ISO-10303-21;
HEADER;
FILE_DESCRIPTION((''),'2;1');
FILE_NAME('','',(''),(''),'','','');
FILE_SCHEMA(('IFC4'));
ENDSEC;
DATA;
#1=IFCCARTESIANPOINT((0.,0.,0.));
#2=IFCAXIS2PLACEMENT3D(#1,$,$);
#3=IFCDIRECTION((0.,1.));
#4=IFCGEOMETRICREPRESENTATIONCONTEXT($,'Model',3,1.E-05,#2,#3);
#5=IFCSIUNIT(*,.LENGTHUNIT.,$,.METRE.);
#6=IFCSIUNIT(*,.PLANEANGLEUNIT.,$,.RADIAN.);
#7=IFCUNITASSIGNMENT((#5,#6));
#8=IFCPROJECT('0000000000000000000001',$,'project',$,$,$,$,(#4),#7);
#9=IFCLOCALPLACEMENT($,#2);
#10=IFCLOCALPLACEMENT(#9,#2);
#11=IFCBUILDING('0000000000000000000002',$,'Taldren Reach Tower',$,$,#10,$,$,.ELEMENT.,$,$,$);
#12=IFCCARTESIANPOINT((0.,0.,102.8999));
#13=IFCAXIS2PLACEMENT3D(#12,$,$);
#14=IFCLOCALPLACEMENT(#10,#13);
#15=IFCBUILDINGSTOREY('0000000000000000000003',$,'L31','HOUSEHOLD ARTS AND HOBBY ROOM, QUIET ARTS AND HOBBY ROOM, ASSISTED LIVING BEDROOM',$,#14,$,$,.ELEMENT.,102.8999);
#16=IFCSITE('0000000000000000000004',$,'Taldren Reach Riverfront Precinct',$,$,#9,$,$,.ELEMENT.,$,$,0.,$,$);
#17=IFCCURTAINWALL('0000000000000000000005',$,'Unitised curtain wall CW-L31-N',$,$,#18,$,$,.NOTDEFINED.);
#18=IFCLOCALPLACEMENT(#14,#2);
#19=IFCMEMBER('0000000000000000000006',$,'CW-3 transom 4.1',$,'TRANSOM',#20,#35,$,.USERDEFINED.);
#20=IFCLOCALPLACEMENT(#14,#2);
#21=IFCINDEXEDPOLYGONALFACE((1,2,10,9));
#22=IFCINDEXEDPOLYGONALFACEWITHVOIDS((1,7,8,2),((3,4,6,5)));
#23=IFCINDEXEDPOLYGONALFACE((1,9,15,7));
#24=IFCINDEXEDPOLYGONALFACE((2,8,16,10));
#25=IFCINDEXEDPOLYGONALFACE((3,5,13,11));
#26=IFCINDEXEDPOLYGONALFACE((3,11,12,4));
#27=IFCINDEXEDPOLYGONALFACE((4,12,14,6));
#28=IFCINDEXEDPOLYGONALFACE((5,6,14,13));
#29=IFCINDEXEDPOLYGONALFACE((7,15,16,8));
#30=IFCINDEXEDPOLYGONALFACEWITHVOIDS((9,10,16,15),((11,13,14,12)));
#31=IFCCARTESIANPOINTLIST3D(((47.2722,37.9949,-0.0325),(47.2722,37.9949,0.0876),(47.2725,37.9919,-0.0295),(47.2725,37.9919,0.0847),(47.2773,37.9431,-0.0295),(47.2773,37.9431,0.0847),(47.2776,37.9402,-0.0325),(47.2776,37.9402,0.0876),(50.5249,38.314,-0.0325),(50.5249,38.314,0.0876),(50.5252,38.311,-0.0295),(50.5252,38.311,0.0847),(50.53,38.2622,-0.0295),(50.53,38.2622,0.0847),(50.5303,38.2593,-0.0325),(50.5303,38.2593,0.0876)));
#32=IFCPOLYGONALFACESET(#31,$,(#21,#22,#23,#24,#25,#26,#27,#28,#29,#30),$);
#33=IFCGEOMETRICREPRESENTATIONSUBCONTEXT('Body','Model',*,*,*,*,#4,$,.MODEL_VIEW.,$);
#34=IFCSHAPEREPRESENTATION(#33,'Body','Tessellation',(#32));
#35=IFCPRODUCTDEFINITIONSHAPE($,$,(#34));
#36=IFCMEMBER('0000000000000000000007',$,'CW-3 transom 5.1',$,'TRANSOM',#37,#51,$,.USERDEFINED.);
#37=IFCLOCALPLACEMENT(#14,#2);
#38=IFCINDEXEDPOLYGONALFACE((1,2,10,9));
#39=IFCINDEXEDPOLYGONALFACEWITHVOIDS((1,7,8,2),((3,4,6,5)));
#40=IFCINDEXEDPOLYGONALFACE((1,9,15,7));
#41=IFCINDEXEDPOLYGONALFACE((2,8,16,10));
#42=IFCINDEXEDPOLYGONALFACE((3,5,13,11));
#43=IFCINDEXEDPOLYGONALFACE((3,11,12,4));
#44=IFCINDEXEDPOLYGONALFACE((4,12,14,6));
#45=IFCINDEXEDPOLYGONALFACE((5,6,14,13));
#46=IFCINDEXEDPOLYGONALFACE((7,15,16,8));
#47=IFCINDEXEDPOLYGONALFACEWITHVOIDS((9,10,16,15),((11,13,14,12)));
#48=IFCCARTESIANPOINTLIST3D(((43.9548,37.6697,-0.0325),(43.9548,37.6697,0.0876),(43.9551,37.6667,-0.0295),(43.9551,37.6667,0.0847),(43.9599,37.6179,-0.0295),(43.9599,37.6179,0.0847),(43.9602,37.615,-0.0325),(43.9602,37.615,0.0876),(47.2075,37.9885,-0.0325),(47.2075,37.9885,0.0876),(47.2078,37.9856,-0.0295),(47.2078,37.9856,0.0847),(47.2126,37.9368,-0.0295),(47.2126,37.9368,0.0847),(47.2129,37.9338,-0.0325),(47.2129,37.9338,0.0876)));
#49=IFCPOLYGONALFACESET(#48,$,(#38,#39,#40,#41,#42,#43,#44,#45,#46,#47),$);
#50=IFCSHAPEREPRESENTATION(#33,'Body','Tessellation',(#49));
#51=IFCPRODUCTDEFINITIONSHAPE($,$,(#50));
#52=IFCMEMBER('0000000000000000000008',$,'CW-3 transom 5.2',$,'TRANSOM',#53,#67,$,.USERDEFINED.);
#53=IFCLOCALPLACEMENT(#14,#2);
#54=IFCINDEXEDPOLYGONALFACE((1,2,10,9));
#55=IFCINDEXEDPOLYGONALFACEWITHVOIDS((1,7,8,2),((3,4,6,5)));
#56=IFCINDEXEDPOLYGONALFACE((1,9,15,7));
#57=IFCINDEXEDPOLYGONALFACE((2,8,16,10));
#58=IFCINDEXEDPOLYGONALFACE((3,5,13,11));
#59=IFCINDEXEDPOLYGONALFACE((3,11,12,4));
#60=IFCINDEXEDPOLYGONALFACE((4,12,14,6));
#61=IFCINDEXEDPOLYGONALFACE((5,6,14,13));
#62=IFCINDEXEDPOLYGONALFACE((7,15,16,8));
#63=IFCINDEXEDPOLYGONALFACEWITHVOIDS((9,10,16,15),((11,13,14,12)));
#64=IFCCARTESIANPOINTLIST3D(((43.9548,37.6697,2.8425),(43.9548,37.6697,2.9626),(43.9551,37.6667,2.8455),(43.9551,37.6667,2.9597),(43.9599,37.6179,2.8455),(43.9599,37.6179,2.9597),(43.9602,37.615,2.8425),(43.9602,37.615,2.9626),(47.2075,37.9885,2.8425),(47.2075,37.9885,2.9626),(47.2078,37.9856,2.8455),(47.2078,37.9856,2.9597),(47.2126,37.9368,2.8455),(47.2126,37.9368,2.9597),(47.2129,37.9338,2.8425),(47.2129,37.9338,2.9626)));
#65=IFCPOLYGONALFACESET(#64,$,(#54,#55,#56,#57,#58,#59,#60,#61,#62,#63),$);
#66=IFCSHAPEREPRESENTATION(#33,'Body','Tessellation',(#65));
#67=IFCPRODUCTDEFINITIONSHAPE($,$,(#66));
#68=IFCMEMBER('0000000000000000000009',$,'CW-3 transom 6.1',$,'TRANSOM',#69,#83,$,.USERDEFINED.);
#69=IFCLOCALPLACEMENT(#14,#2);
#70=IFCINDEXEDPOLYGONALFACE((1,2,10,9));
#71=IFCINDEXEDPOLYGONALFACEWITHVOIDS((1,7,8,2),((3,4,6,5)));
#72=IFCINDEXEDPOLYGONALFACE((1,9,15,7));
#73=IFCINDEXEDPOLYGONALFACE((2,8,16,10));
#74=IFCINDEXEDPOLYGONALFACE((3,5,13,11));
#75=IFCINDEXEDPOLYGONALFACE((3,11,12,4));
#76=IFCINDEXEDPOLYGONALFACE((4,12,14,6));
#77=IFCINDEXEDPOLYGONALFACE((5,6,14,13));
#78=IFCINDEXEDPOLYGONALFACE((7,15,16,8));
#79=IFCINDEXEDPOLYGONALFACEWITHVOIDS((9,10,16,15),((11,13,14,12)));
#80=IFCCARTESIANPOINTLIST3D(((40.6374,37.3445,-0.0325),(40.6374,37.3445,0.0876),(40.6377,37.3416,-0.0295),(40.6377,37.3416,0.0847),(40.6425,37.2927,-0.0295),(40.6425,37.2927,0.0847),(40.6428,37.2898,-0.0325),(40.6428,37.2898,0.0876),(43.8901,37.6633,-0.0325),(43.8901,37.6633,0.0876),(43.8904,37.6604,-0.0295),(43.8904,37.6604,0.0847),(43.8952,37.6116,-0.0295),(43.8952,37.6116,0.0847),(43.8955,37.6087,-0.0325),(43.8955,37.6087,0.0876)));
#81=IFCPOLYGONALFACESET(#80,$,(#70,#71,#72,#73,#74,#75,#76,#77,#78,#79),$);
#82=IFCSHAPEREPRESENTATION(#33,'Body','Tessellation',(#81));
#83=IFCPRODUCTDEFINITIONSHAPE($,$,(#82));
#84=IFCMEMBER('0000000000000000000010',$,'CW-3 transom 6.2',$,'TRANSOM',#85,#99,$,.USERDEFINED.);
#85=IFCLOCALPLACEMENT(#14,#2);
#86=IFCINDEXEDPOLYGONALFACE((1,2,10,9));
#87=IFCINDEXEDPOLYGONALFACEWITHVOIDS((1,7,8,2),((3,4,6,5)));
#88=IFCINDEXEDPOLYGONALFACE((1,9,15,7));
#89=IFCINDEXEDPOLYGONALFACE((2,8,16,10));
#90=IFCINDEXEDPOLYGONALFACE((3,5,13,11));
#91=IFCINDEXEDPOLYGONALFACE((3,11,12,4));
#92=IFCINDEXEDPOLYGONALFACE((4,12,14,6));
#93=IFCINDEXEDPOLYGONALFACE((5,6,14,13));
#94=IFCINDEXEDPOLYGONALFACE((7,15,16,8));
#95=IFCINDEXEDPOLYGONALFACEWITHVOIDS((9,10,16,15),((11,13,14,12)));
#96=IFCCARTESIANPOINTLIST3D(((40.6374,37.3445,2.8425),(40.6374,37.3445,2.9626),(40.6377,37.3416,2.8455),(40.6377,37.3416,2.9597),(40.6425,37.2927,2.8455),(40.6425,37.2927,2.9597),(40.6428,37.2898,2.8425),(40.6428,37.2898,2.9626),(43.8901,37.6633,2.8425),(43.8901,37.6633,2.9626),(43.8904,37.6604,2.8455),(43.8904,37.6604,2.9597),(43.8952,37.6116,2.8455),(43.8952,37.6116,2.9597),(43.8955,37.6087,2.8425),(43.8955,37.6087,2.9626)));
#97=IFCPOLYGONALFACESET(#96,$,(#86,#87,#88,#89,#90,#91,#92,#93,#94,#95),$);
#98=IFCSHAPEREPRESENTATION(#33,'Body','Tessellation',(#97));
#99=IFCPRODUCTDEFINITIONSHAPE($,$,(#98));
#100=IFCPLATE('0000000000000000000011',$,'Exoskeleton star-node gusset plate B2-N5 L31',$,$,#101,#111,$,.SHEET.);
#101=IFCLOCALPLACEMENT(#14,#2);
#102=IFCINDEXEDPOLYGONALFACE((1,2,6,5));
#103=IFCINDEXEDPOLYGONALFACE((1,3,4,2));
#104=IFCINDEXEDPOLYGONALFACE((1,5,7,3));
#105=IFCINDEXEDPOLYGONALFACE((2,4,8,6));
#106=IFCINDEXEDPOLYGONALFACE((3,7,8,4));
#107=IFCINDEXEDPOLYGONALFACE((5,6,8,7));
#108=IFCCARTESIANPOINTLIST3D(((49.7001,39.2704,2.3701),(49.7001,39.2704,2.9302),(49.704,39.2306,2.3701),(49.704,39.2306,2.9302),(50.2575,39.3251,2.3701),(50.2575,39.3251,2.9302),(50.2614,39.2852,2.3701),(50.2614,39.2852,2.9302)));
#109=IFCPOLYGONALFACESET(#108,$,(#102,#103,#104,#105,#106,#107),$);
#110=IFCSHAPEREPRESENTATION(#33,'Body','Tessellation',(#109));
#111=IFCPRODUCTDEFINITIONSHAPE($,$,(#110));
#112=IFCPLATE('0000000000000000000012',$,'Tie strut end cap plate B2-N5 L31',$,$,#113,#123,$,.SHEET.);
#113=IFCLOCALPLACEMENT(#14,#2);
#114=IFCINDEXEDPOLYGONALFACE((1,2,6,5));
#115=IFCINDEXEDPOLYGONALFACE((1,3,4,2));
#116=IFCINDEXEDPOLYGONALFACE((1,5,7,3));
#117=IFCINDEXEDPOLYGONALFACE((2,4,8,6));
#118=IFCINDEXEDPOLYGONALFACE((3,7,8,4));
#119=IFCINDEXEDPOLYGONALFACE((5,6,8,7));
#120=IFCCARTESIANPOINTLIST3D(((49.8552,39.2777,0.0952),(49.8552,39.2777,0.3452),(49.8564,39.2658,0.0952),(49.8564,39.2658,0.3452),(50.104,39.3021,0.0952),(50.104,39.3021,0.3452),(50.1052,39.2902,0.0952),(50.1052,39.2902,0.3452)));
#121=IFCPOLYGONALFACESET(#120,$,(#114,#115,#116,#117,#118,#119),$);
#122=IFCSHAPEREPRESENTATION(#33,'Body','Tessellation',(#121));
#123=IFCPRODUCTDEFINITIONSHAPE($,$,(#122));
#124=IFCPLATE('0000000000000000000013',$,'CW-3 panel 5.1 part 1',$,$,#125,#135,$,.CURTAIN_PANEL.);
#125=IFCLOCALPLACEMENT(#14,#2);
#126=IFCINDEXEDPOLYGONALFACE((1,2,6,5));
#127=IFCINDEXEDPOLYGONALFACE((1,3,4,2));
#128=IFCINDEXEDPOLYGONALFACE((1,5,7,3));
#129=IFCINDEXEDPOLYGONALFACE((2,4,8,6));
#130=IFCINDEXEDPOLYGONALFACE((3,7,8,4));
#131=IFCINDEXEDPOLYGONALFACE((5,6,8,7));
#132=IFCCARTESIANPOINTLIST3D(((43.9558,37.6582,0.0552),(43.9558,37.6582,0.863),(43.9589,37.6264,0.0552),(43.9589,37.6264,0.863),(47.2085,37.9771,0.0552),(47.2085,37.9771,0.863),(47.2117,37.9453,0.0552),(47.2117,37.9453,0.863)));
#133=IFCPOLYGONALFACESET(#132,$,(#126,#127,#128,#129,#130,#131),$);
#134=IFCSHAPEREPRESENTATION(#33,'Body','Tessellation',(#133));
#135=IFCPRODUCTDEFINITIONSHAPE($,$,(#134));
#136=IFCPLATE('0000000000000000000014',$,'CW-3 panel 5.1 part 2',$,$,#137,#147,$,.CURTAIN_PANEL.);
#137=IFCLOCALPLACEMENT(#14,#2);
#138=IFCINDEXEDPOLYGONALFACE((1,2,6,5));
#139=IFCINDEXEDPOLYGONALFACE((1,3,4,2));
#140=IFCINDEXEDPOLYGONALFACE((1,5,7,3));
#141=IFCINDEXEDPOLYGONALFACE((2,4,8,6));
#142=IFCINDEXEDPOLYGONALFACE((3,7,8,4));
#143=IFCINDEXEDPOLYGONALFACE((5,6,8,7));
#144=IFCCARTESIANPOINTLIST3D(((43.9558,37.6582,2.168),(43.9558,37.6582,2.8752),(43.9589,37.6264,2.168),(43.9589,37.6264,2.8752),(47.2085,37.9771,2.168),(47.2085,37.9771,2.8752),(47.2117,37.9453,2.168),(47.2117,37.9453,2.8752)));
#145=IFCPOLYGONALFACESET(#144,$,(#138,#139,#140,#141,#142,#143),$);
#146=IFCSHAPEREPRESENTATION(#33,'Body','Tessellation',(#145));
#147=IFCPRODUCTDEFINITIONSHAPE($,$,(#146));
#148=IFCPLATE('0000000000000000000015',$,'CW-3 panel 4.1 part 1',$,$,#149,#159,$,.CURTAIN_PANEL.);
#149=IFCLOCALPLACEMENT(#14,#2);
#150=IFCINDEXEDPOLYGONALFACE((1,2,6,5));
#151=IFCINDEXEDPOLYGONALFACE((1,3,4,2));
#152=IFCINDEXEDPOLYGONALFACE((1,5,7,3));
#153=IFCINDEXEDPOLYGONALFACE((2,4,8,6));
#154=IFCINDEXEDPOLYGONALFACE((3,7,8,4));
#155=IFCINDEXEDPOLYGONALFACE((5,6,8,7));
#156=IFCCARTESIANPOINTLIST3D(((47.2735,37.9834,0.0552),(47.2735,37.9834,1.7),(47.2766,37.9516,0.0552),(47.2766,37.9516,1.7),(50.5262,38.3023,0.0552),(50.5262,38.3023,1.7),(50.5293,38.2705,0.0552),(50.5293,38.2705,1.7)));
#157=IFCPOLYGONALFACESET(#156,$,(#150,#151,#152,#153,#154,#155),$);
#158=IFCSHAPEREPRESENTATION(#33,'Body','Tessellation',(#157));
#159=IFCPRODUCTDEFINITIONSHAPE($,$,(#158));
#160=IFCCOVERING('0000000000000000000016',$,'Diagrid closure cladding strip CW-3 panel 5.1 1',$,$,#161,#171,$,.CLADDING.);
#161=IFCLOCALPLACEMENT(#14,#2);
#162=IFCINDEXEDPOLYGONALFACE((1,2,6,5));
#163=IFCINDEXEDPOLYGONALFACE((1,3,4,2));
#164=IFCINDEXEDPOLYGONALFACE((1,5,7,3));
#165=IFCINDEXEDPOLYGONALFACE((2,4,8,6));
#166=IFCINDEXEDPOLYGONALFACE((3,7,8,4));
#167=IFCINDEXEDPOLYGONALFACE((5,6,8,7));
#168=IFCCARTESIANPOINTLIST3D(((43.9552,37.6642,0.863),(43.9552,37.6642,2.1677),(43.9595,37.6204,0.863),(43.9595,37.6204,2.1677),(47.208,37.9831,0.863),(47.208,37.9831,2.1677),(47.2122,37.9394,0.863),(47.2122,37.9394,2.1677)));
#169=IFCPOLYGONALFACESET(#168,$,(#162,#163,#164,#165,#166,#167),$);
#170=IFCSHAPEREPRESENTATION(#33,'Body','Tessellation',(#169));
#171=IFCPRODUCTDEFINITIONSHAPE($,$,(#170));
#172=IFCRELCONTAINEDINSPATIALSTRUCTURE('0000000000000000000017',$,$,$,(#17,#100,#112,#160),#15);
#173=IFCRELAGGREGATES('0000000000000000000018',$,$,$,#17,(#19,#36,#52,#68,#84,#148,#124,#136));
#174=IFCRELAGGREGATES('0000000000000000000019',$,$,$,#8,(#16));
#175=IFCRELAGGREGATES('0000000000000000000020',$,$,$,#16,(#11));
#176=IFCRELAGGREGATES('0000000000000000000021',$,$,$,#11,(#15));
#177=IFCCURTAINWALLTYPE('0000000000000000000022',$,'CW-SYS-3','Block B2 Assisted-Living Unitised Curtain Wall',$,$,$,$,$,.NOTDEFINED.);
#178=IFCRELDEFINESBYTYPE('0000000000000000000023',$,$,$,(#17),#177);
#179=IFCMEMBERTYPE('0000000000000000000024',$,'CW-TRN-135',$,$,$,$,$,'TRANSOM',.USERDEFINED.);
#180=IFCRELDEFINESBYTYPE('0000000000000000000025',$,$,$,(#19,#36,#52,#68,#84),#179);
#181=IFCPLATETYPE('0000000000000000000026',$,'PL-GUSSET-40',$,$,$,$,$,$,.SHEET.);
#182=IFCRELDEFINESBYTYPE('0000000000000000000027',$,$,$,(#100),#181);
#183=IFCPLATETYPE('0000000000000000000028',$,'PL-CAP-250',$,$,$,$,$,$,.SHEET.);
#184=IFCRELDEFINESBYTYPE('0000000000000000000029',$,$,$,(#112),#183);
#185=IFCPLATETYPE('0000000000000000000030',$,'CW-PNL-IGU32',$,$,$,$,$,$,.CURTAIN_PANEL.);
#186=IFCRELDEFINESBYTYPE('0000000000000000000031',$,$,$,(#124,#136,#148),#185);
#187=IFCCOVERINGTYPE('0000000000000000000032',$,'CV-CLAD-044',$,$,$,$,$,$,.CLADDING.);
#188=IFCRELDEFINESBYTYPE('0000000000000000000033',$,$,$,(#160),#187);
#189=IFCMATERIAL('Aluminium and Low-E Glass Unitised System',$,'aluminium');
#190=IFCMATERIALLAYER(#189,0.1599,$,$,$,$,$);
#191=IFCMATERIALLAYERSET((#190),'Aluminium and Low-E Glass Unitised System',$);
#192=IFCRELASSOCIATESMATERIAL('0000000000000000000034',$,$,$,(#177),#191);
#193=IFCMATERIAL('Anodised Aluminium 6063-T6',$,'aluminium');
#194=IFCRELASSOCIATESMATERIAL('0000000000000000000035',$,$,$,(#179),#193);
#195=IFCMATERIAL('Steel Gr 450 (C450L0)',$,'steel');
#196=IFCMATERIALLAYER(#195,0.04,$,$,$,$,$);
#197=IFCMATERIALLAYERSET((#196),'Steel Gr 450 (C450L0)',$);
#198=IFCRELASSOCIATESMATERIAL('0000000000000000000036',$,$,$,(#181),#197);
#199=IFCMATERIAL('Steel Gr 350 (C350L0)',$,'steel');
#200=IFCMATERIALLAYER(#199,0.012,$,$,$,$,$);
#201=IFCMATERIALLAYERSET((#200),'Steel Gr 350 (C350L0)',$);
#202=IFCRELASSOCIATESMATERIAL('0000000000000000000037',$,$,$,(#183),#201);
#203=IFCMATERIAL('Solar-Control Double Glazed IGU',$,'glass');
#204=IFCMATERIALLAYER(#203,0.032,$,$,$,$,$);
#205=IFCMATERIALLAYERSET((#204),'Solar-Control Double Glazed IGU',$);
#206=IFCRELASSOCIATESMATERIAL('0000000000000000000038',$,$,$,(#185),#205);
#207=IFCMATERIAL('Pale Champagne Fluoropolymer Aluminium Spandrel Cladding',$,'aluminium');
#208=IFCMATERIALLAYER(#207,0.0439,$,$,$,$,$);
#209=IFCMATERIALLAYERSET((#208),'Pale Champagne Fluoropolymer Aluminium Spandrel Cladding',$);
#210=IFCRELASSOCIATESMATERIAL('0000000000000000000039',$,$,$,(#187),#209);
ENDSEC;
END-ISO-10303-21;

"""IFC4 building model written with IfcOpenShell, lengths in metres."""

from ifc_helpers import new_model, si_unit, direction, frame, origin, origin_2d, place, context, subcontext, project, spatial, rectangle, hollow_rectangle, extrude, source, transform, mapped, material, layer, layer_set, material_profile, profile_set, type_object, element, aggregate, save


model = new_model("IFC4")

# Units and contexts
model_context = context("Model", 3, precision=1e-05, world=origin(), true_north=direction((0.0, 1.0)))
body_context = subcontext(model_context, "Body", "Model", "MODEL_VIEW")
ifc_project = project(units=[si_unit("LENGTHUNIT", "METRE"), si_unit("PLANEANGLEUNIT", "RADIAN")], contexts=[model_context])

# Site, building, storey
site_placement = place(None, origin())
site = spatial("IfcSite", under=ifc_project, at=site_placement, Name="Taldren Reach Riverfront Precinct", CompositionType="ELEMENT", RefElevation=0.0)
building_placement = place(site_placement, origin())
building = spatial("IfcBuilding", under=site, at=building_placement, Name="Taldren Reach Tower", CompositionType="ELEMENT")
storey_placement = place(building_placement, frame((0.0, 0.0, 102.8999)))
storey = spatial("IfcBuildingStorey", under=building, at=storey_placement, Name="L31", Description="HOUSEHOLD ARTS AND HOBBY ROOM, QUIET ARTS AND HOBBY ROOM, ASSISTED LIVING BEDROOM", CompositionType="ELEMENT", Elevation=102.8999)

# Shared definitions
ifc_material_1 = material(Name="Steel Gr 450 (C450L0)", Category="steel")
ifc_material_2 = material(Name="Steel Gr 350 (C350L0)", Category="steel")

# Curtain wall, members
ifc_material_3 = material(Name="Aluminium and Low-E Glass Unitised System", Category="aluminium")
ifc_layer_1 = layer(ifc_material_3, 0.1599)
ifc_layer_set_1 = layer_set([ifc_layer_1], Name="Aluminium and Low-E Glass Unitised System")
curtain_wall_type = type_object("IfcCurtainWallType", Name="CW-SYS-3", Description="Block B2 Assisted-Living Unitised Curtain Wall", PredefinedType="NOTDEFINED", material=ifc_layer_set_1)
curtain_wall_placement = place(storey_placement, origin())
curtain_wall = element("IfcCurtainWall", 1, at=curtain_wall_placement, inside=storey, type_object=curtain_wall_type, Name="Unitised curtain wall CW-L31-N", PredefinedType="NOTDEFINED")
ifc_material_4 = material(Name="Anodised Aluminium 6063-T6", Category="aluminium")
ifc_material_profile_1 = material_profile(ifc_material_4, hollow_rectangle(XDim=0.0549, YDim=0.1201, WallThickness=0.0029, at=origin_2d()), Name="ALU-120x55x3RHS")
ifc_profile_set_1 = profile_set([ifc_material_profile_1], Name="Anodised Aluminium 6063-T6")
member_type_1 = type_object("IfcMemberType", Name="CW-TRN-135", ElementType="TRANSOM", PredefinedType="USERDEFINED", material=ifc_profile_set_1)
shared_shape_1 = source(origin(), body_context, "Body", "SweptSolid", [
    extrude(hollow_rectangle(XDim=0.0549, YDim=0.1201, WallThickness=0.0029, at=origin_2d()), origin(), (0.0, 0.0, 1.0), 3.2683),
])
member_1_placement = place(storey_placement, frame((50.5276, 38.2866, 0.0276), z_axis=(-0.995223, -0.097632, 0.0), x_axis=(0.097632, -0.995223, 0.0)))
member_1 = element("IfcMember", 2, at=member_1_placement, type_object=member_type_1, Name="CW-3 transom 4.1", ObjectType="TRANSOM", PredefinedType="USERDEFINED", context=body_context, shape_type="MappedRepresentation", body=[
    mapped(shared_shape_1, transform((0.0, 0.0, 0.0), scale=1.0)),
])
member_2_placement = place(storey_placement, frame((47.2102, 37.9612, 0.0276), z_axis=(-0.99523, -0.097558, 0.0), x_axis=(0.097558, -0.99523, 0.0)))
member_2 = element("IfcMember", 3, at=member_2_placement, type_object=member_type_1, Name="CW-3 transom 5.1", ObjectType="TRANSOM", PredefinedType="USERDEFINED", context=body_context, shape_type="MappedRepresentation", body=[
    mapped(shared_shape_1, transform((0.0, 0.0, 0.0), scale=1.0)),
])
member_3_placement = place(storey_placement, frame((47.2102, 37.9612, 2.9026), z_axis=(-0.99523, -0.097558, 0.0), x_axis=(0.097558, -0.99523, 0.0)))
member_3 = element("IfcMember", 4, at=member_3_placement, type_object=member_type_1, Name="CW-3 transom 5.2", ObjectType="TRANSOM", PredefinedType="USERDEFINED", context=body_context, shape_type="MappedRepresentation", body=[
    mapped(shared_shape_1, transform((0.0, 0.0, 0.0), scale=1.0)),
])
member_4_placement = place(storey_placement, frame((43.8928, 37.636, 0.0276), z_axis=(-0.99523, -0.097558, 0.0), x_axis=(0.097558, -0.99523, 0.0)))
member_4 = element("IfcMember", 5, at=member_4_placement, type_object=member_type_1, Name="CW-3 transom 6.1", ObjectType="TRANSOM", PredefinedType="USERDEFINED", context=body_context, shape_type="MappedRepresentation", body=[
    mapped(shared_shape_1, transform((0.0, 0.0, 0.0), scale=1.0)),
])
member_5_placement = place(storey_placement, frame((43.8928, 37.636, 2.9026), z_axis=(-0.99523, -0.097558, 0.0), x_axis=(0.097558, -0.99523, 0.0)))
member_5 = element("IfcMember", 6, at=member_5_placement, type_object=member_type_1, Name="CW-3 transom 6.2", ObjectType="TRANSOM", PredefinedType="USERDEFINED", context=body_context, shape_type="MappedRepresentation", body=[
    mapped(shared_shape_1, transform((0.0, 0.0, 0.0), scale=1.0)),
])

# Plates
ifc_layer_2 = layer(ifc_material_1, 0.04)
ifc_layer_set_2 = layer_set([ifc_layer_2], Name="Steel Gr 450 (C450L0)")
plate_type_1 = type_object("IfcPlateType", Name="PL-GUSSET-40", PredefinedType="SHEET", material=ifc_layer_set_2)
shared_shape_2 = source(origin(), body_context, "Body", "SweptSolid", [
    extrude(rectangle(XDim=0.5601, YDim=0.04, at=origin_2d()), origin(), (0.0, 0.0, 1.0), 0.5601),
])
plate_1_placement = place(storey_placement, frame((49.9807, 39.2778, 2.3701), z_axis=(0.0, 0.0, 1.0), x_axis=(0.995227, 0.097583, 0.0)))
element("IfcPlate", 7, at=plate_1_placement, inside=storey, type_object=plate_type_1, Name="Exoskeleton star-node gusset plate B2-N5 L31", PredefinedType="SHEET", context=body_context, shape_type="MappedRepresentation", body=[
    mapped(shared_shape_2, transform((0.0, 0.0, 0.0), scale=1.0)),
])
ifc_layer_3 = layer(ifc_material_2, 0.012)
ifc_layer_set_3 = layer_set([ifc_layer_3], Name="Steel Gr 350 (C350L0)")
plate_type_2 = type_object("IfcPlateType", Name="PL-CAP-250", PredefinedType="SHEET", material=ifc_layer_set_3)
shared_shape_3 = source(origin(), body_context, "Body", "SweptSolid", [
    extrude(rectangle(XDim=0.25, YDim=0.012, at=origin_2d()), origin(), (0.0, 0.0, 1.0), 0.25),
])
plate_2_placement = place(storey_placement, frame((49.9802, 39.2839, 0.0952), z_axis=(0.0, 0.0, 1.0), x_axis=(0.995227, 0.097583, 0.0)))
element("IfcPlate", 8, at=plate_2_placement, inside=storey, type_object=plate_type_2, Name="Tie strut end cap plate B2-N5 L31", PredefinedType="SHEET", context=body_context, shape_type="MappedRepresentation", body=[
    mapped(shared_shape_3, transform((0.0, 0.0, 0.0), scale=1.0)),
])

# Plates
ifc_material_5 = material(Name="Solar-Control Double Glazed IGU", Category="glass")
ifc_layer_4 = layer(ifc_material_5, 0.032)
ifc_layer_set_4 = layer_set([ifc_layer_4], Name="Solar-Control Double Glazed IGU")
plate_type_3 = type_object("IfcPlateType", Name="CW-PNL-IGU32", PredefinedType="CURTAIN_PANEL", material=ifc_layer_set_4)
shared_shape_4 = source(origin(), body_context, "Body", "SweptSolid", [
    extrude(rectangle(XDim=3.2683, YDim=0.032, at=origin_2d()), origin(), (0.0, 0.0, 1.0), 0.8079),
])
plate_3_placement = place(storey_placement, frame((45.5837, 37.8018, 0.0552), z_axis=(0.0, 0.0, 1.0), x_axis=(-0.995227, -0.097583, 0.0)))
plate_3 = element("IfcPlate", 9, at=plate_3_placement, type_object=plate_type_3, Name="CW-3 panel 5.1 part 1", PredefinedType="CURTAIN_PANEL", context=body_context, shape_type="MappedRepresentation", body=[
    mapped(shared_shape_4, transform((0.0, 0.0, 0.0), scale=1.0)),
])
shared_shape_5 = source(origin(), body_context, "Body", "SweptSolid", [
    extrude(rectangle(XDim=3.2683, YDim=0.032, at=origin_2d()), origin(), (0.0, 0.0, 1.0), 0.7073),
])
plate_4_placement = place(storey_placement, frame((45.5837, 37.8018, 2.168), z_axis=(0.0, 0.0, 1.0), x_axis=(-0.995227, -0.097583, 0.0)))
plate_4 = element("IfcPlate", 10, at=plate_4_placement, type_object=plate_type_3, Name="CW-3 panel 5.1 part 2", PredefinedType="CURTAIN_PANEL", context=body_context, shape_type="MappedRepresentation", body=[
    mapped(shared_shape_5, transform((0.0, 0.0, 0.0), scale=1.0)),
])
shared_shape_6 = source(origin(), body_context, "Body", "SweptSolid", [
    extrude(rectangle(XDim=3.2683, YDim=0.032, at=origin_2d()), origin(), (0.0, 0.0, 1.0), 1.6448),
])
plate_5_placement = place(storey_placement, frame((48.9014, 38.127, 0.0552), z_axis=(0.0, 0.0, 1.0), x_axis=(-0.995227, -0.097583, 0.0)))
plate_5 = element("IfcPlate", 11, at=plate_5_placement, type_object=plate_type_3, Name="CW-3 panel 4.1 part 1", PredefinedType="CURTAIN_PANEL", context=body_context, shape_type="MappedRepresentation", body=[
    mapped(shared_shape_6, transform((0.0, 0.0, 0.0), scale=1.0)),
])
aggregate(curtain_wall, [member_1, member_2, member_3, member_4, member_5, plate_5, plate_3, plate_4])

# Covering
ifc_material_6 = material(Name="Pale Champagne Fluoropolymer Aluminium Spandrel Cladding", Category="aluminium")
ifc_layer_5 = layer(ifc_material_6, 0.0439)
ifc_layer_set_5 = layer_set([ifc_layer_5], Name="Pale Champagne Fluoropolymer Aluminium Spandrel Cladding")
covering_type = type_object("IfcCoveringType", Name="CV-CLAD-044", PredefinedType="CLADDING", material=ifc_layer_set_5)
shared_shape_7 = source(origin(), body_context, "Body", "SweptSolid", [
    extrude(rectangle(XDim=3.2683, YDim=0.0439, at=origin_2d()), origin(), (0.0, 0.0, 1.0), 1.3047),
])
covering_1_placement = place(storey_placement, frame((45.5837, 37.8018, 0.863), z_axis=(0.0, 0.0, 1.0), x_axis=(-0.995227, -0.097583, 0.0)))
element("IfcCovering", 12, at=covering_1_placement, inside=storey, type_object=covering_type, Name="Diagrid closure cladding strip CW-3 panel 5.1 1", PredefinedType="CLADDING", context=body_context, shape_type="MappedRepresentation", body=[
    mapped(shared_shape_7, transform((0.0, 0.0, 0.0), scale=1.0)),
])

save(model, "model.ifc")
